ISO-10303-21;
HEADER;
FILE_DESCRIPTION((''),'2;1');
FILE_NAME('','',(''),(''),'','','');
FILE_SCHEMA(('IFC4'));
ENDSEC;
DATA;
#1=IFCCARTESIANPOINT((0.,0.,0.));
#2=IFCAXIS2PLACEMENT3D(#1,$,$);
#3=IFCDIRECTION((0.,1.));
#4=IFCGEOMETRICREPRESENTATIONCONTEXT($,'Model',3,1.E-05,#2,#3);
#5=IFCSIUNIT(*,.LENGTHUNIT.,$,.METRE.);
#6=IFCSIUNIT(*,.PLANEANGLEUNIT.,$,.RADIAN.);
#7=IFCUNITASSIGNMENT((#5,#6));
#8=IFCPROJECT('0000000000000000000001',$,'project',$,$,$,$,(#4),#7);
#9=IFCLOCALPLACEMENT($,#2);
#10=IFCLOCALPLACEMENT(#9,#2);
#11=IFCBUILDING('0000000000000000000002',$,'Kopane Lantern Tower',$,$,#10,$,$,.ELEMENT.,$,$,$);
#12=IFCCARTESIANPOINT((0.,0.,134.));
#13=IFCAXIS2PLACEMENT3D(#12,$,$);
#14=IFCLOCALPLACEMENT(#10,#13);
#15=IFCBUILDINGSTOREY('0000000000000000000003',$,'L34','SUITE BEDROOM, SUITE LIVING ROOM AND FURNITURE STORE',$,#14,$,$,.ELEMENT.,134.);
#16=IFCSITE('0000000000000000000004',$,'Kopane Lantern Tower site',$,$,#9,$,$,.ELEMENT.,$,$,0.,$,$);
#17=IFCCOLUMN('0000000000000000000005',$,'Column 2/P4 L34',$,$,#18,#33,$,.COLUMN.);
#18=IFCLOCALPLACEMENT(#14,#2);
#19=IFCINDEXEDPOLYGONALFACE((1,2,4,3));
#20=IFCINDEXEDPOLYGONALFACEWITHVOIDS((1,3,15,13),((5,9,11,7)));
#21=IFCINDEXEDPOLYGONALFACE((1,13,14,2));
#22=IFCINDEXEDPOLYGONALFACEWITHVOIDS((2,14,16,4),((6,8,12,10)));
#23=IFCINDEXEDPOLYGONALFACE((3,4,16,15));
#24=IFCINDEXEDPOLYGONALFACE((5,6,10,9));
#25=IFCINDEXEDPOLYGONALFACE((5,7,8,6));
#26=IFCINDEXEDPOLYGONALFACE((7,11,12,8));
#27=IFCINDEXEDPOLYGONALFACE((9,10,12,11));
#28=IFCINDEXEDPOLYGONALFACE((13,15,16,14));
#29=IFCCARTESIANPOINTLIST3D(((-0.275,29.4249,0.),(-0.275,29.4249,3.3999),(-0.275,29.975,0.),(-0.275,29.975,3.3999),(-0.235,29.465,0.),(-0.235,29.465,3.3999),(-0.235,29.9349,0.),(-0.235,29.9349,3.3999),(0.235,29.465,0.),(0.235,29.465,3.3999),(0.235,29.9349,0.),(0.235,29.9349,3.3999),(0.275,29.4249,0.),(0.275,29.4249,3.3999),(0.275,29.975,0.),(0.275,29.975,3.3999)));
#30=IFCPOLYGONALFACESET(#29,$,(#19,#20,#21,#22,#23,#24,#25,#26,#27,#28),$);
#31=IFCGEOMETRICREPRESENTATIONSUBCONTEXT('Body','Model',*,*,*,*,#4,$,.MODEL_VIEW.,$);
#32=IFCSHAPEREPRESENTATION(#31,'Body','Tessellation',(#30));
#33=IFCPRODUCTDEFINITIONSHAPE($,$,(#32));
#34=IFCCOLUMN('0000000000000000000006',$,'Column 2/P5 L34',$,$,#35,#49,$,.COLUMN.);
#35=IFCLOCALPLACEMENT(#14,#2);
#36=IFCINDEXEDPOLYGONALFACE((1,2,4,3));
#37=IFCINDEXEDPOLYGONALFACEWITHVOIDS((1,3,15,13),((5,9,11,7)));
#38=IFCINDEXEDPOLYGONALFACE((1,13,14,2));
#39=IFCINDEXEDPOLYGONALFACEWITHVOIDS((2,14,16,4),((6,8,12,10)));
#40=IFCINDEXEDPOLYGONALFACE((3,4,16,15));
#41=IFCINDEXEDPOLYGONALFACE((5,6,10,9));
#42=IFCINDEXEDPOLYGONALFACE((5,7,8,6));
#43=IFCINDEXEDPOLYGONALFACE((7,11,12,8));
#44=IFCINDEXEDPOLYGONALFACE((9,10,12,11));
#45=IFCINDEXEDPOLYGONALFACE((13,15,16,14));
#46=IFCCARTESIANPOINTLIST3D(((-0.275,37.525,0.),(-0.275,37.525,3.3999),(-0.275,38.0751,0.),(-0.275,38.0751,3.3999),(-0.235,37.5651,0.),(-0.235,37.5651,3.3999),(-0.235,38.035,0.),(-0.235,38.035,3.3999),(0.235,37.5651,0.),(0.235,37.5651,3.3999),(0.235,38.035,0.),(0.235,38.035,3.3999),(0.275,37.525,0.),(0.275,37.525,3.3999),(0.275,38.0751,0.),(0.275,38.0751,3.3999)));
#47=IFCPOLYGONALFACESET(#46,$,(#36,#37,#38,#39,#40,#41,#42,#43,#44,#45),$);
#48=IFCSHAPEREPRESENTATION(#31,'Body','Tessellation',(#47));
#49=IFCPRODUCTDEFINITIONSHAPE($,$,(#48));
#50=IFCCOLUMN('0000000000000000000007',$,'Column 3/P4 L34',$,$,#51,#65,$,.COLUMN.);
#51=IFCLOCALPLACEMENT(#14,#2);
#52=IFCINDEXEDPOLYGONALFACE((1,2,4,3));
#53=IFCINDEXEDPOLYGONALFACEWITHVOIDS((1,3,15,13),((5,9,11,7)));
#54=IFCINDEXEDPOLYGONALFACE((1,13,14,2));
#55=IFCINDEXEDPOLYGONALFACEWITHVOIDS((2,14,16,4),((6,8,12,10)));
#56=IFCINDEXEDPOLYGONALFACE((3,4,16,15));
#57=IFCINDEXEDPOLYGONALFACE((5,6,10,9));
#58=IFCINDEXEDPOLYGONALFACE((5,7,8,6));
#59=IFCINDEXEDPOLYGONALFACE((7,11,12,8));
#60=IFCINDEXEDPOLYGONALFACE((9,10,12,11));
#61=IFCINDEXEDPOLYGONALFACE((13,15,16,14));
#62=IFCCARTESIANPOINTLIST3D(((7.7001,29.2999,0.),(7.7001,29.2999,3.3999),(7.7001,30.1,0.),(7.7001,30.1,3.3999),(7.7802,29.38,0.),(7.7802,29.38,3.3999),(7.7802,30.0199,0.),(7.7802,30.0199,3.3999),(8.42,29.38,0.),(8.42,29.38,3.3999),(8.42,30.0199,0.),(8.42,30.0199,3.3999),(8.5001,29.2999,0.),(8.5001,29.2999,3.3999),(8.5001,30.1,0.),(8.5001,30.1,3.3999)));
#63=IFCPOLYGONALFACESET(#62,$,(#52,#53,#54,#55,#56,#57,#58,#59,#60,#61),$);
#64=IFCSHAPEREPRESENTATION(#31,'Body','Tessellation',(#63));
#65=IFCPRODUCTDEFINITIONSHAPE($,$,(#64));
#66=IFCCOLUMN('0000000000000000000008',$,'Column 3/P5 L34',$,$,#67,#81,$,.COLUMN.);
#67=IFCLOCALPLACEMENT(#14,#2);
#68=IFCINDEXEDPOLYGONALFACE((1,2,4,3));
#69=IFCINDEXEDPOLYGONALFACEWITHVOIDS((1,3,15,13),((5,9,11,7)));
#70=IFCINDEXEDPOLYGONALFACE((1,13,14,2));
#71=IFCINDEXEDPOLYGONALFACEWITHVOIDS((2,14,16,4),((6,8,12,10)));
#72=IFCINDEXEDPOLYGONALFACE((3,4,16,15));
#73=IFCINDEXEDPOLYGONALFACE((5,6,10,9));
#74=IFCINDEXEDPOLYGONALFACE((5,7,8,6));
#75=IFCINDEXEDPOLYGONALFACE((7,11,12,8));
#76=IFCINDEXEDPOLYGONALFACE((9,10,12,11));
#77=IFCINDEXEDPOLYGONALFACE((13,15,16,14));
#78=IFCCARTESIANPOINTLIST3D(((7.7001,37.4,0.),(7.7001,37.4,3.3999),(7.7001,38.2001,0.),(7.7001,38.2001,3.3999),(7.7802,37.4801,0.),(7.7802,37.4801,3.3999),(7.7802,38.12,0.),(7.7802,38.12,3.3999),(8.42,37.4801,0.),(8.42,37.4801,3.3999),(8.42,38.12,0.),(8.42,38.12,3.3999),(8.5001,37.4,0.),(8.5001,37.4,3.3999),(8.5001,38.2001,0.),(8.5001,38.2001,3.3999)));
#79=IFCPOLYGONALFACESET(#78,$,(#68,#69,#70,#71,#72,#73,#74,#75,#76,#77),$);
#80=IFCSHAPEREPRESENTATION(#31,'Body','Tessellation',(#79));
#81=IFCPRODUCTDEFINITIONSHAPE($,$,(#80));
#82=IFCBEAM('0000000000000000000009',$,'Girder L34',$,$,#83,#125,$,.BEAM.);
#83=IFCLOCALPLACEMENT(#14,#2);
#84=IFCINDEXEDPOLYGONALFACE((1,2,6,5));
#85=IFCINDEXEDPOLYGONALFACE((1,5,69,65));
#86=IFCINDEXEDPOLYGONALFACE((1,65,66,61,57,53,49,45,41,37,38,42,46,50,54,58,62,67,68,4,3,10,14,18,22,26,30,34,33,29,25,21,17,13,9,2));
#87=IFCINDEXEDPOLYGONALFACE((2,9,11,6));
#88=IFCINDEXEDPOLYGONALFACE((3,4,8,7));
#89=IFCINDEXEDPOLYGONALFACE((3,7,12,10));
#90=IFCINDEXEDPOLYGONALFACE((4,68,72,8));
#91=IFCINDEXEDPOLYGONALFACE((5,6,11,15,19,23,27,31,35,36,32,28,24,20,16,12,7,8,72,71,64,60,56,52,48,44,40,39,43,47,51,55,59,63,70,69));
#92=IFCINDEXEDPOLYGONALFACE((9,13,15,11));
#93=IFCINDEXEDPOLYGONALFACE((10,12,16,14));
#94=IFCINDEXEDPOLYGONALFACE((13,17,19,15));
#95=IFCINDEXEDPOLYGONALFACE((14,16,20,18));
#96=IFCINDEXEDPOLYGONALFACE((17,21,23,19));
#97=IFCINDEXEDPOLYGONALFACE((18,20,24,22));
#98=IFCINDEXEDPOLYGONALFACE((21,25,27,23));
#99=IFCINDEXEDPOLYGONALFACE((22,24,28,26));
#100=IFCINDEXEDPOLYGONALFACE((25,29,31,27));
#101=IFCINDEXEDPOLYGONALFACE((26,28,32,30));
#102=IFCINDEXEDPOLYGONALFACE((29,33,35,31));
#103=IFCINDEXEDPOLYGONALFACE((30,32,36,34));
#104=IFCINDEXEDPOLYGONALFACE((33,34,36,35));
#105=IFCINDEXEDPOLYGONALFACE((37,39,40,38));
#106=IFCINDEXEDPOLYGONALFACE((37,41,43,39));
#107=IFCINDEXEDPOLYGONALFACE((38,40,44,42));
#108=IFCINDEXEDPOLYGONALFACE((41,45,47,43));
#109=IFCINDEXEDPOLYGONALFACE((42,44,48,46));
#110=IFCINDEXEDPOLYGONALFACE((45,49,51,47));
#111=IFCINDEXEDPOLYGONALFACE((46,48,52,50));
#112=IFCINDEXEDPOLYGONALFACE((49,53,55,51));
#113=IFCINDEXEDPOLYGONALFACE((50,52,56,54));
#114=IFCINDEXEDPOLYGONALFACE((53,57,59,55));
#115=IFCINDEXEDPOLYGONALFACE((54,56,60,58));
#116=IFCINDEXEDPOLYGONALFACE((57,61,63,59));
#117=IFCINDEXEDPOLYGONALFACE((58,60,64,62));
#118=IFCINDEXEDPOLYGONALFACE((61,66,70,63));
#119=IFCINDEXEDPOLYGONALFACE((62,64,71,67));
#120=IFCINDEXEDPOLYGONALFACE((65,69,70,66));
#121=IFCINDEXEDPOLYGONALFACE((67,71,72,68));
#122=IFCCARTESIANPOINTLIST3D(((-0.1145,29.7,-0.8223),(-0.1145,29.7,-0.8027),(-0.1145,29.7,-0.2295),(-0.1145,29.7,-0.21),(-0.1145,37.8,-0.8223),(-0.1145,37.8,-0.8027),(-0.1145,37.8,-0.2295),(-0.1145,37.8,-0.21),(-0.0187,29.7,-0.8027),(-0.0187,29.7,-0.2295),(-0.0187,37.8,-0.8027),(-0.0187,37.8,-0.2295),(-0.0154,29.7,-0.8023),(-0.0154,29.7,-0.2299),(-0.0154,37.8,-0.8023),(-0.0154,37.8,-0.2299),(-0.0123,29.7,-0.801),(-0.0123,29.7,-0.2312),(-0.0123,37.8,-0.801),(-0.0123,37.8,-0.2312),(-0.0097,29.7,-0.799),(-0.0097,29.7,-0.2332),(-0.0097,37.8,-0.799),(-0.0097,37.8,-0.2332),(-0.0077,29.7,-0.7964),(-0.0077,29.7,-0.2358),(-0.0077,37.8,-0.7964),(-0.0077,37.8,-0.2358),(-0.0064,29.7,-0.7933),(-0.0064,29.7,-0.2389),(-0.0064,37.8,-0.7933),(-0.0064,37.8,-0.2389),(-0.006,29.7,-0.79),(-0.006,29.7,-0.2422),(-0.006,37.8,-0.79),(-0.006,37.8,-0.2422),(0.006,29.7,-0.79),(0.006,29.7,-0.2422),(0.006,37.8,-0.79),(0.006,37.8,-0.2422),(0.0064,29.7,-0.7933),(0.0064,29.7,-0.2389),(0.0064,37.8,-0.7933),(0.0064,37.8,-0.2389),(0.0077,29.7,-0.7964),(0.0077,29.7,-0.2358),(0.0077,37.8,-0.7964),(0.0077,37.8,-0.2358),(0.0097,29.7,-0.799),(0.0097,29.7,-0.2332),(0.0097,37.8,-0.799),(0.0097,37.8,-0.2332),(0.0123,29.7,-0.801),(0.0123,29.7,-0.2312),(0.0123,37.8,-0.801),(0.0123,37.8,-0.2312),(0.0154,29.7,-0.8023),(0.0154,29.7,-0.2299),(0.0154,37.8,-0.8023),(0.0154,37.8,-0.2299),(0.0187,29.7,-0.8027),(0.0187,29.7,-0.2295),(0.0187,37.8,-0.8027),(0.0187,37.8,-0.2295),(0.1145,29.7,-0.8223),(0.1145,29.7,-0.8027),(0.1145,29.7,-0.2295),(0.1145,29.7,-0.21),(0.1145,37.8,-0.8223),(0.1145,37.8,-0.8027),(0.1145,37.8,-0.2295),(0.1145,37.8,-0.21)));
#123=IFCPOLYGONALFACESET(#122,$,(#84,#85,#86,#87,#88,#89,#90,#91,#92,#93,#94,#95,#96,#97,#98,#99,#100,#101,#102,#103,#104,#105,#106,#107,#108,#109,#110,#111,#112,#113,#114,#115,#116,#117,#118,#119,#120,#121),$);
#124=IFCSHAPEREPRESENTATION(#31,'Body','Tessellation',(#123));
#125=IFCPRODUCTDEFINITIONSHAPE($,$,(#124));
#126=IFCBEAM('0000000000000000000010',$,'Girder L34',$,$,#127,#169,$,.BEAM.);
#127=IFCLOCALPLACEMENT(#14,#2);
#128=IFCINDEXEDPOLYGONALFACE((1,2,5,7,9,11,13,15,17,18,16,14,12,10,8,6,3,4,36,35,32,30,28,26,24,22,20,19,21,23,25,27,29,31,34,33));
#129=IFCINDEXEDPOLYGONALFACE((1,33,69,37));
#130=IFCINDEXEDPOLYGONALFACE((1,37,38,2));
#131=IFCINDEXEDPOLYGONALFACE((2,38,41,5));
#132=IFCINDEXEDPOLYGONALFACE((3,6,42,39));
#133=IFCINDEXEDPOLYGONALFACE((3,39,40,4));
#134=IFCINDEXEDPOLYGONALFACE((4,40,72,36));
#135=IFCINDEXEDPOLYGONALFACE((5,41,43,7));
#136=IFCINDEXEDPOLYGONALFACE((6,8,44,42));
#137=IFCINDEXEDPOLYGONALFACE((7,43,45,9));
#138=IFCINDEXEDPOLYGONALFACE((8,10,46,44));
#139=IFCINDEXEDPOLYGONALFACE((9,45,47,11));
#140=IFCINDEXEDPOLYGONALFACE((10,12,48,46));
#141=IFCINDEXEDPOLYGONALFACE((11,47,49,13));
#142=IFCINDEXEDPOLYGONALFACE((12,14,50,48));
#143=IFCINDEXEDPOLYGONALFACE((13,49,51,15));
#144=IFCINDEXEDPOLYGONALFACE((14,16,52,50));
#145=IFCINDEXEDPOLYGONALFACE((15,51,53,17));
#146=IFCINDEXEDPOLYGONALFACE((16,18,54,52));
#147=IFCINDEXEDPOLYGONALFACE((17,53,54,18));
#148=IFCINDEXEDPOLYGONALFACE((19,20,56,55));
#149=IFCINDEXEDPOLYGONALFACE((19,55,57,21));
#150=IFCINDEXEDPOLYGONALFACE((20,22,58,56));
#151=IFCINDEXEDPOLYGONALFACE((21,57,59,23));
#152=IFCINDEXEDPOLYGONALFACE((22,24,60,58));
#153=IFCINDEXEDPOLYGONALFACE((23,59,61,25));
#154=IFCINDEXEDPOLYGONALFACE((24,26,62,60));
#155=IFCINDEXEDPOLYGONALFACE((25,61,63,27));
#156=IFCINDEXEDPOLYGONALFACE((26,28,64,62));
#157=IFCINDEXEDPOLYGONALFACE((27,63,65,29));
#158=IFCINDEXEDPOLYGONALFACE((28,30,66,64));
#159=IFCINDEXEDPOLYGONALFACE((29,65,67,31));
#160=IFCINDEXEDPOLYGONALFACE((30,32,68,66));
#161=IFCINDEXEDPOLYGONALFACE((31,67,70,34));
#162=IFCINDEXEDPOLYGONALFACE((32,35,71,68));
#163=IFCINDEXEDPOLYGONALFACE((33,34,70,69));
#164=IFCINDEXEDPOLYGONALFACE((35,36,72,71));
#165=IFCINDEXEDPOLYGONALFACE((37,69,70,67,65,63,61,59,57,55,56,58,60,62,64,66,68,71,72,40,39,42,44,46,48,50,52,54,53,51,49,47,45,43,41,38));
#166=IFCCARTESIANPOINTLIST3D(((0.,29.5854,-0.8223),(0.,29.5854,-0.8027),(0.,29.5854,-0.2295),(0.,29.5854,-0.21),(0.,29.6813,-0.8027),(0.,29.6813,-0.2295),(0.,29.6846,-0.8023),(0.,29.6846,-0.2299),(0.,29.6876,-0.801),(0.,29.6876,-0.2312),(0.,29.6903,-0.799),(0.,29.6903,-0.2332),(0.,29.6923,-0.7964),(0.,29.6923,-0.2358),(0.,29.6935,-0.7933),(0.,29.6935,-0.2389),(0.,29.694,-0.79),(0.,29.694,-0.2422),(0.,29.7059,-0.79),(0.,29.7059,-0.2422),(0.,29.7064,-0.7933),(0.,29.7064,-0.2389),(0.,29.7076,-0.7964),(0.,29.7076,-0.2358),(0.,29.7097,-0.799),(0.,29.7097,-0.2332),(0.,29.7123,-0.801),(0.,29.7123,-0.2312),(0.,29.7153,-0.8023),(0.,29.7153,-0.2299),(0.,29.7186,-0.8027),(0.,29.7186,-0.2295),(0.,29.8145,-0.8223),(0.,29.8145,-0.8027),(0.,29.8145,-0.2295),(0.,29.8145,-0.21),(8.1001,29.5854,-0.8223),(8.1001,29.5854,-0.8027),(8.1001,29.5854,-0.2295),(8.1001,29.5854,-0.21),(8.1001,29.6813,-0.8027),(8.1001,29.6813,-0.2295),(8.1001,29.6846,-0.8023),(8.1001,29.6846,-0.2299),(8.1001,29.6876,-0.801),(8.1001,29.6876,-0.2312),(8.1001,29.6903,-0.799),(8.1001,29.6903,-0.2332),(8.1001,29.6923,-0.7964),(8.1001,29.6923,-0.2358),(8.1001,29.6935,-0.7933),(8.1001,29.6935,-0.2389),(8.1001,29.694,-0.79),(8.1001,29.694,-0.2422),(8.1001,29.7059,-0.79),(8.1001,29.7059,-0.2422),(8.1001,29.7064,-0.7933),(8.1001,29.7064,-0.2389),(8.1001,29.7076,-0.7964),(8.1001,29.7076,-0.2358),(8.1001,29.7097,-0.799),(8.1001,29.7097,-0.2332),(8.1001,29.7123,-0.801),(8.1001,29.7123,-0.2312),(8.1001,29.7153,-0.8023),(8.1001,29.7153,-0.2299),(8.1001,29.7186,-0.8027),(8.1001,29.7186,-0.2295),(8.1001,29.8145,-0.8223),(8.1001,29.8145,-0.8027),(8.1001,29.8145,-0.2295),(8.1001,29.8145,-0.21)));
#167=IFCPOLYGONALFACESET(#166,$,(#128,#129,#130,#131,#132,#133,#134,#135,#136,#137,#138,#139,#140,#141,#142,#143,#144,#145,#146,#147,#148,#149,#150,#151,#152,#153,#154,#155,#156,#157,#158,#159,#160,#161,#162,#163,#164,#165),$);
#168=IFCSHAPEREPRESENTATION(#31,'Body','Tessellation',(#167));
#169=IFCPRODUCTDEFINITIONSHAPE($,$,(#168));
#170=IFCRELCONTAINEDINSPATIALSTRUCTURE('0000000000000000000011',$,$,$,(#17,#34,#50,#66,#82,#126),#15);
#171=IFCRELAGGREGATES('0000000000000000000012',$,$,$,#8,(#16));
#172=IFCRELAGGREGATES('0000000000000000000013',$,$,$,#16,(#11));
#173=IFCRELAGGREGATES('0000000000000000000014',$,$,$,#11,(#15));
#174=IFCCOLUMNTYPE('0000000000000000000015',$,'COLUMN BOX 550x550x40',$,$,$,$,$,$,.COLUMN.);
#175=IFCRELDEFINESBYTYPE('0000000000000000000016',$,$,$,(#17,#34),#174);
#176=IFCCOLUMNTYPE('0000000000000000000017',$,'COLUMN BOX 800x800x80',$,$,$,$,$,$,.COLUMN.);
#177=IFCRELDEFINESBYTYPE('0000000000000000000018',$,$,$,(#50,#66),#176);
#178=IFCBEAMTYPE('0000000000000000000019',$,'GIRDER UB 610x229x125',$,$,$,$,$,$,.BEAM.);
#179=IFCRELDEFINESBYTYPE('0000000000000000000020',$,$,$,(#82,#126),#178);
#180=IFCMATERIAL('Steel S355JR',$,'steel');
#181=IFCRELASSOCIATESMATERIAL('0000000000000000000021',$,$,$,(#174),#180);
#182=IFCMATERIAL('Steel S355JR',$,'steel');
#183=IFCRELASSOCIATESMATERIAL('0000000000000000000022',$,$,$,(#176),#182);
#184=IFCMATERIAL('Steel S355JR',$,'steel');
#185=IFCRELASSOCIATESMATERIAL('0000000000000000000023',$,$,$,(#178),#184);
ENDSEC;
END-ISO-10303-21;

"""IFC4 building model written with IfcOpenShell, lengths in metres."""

from ifc_helpers import new_model, si_unit, direction, frame, origin, origin_2d, place, context, subcontext, project, spatial, hollow_rectangle, i_section, extrude, material, material_profile, profile_set, type_object, element, save


model = new_model("IFC4")

# Units and contexts
model_context = context("Model", 3, precision=1e-05, world=origin(), true_north=direction((0.0, 1.0)))
body_context = subcontext(model_context, "Body", "Model", "MODEL_VIEW")
ifc_project = project(units=[si_unit("LENGTHUNIT", "METRE"), si_unit("PLANEANGLEUNIT", "RADIAN")], contexts=[model_context])

# Site, building, storey
site_placement = place(None, origin())
site = spatial("IfcSite", under=ifc_project, at=site_placement, Name="Kopane Lantern Tower site", CompositionType="ELEMENT", RefElevation=0.0)
building_placement = place(site_placement, origin())
building = spatial("IfcBuilding", under=site, at=building_placement, Name="Kopane Lantern Tower", CompositionType="ELEMENT")
storey_placement = place(building_placement, frame((0.0, 0.0, 134.0)))
storey = spatial("IfcBuildingStorey", under=building, at=storey_placement, Name="L34", Description="SUITE BEDROOM, SUITE LIVING ROOM AND FURNITURE STORE", CompositionType="ELEMENT", Elevation=134.0)

# Columns
ifc_material_1 = material(Name="Steel S355JR", Category="steel")
ifc_material_profile_1 = material_profile(ifc_material_1, hollow_rectangle(XDim=0.55, YDim=0.55, WallThickness=0.04, at=origin_2d()), Name="BOX 550x550x40")
ifc_profile_set_1 = profile_set([ifc_material_profile_1], Name="Steel S355JR")
column_type_1 = type_object("IfcColumnType", Name="COLUMN BOX 550x550x40", PredefinedType="COLUMN", material=ifc_profile_set_1)
for number, where, z_axis, x_axis, name in (
    (1, (0.0, 29.7, 0.0), (0.0, 0.0, 1.0), (1.0, 0.0, 0.0), "Column 2/P4 L34"),
    (2, (0.0, 37.8, 0.0), (0.0, 0.0, 1.0), (1.0, 0.0, 0.0), "Column 2/P5 L34"),
):
    element("IfcColumn", number, at=place(storey_placement, frame(where, z_axis=z_axis, x_axis=x_axis)), inside=storey, type_object=column_type_1, Name=name, PredefinedType="COLUMN", context=body_context, shape_type="SweptSolid", body=[
        extrude(hollow_rectangle(XDim=0.55, YDim=0.55, WallThickness=0.04, at=origin_2d()), origin(), (0.0, 0.0, 1.0), 3.3999),
    ])
ifc_material_2 = material(Name="Steel S355JR", Category="steel")
ifc_material_profile_2 = material_profile(ifc_material_2, hollow_rectangle(XDim=0.8, YDim=0.8, WallThickness=0.0801, at=origin_2d()), Name="BOX 800x800x80")
ifc_profile_set_2 = profile_set([ifc_material_profile_2], Name="Steel S355JR")
column_type_2 = type_object("IfcColumnType", Name="COLUMN BOX 800x800x80", PredefinedType="COLUMN", material=ifc_profile_set_2)
for number, where, z_axis, x_axis, name in (
    (3, (8.1001, 29.7, 0.0), (0.0, 0.0, 1.0), (1.0, 0.0, 0.0), "Column 3/P4 L34"),
    (4, (8.1001, 37.8, 0.0), (0.0, 0.0, 1.0), (1.0, 0.0, 0.0), "Column 3/P5 L34"),
):
    element("IfcColumn", number, at=place(storey_placement, frame(where, z_axis=z_axis, x_axis=x_axis)), inside=storey, type_object=column_type_2, Name=name, PredefinedType="COLUMN", context=body_context, shape_type="SweptSolid", body=[
        extrude(hollow_rectangle(XDim=0.8, YDim=0.8, WallThickness=0.0801, at=origin_2d()), origin(), (0.0, 0.0, 1.0), 3.3999),
    ])

# Beams
ifc_material_3 = material(Name="Steel S355JR", Category="steel")
ifc_material_profile_3 = material_profile(ifc_material_3, i_section(OverallWidth=0.229, OverallDepth=0.6123, WebThickness=0.012, FlangeThickness=0.0195, FilletRadius=0.0127, at=origin_2d()), Name="UB 610x229x125")
ifc_profile_set_3 = profile_set([ifc_material_profile_3], Name="Steel S355JR")
beam_type = type_object("IfcBeamType", Name="GIRDER UB 610x229x125", PredefinedType="BEAM", material=ifc_profile_set_3)
for number, where, z_axis, x_axis, name in (
    (5, (0.0, 29.7, -0.5161), (0.0, 1.0, 0.0), (-1.0, 0.0, 0.0), "Girder L34"),
    (6, (0.0, 29.7, -0.5161), (1.0, 0.0, 0.0), (0.0, 1.0, 0.0), "Girder L34"),
):
    element("IfcBeam", number, at=place(storey_placement, frame(where, z_axis=z_axis, x_axis=x_axis)), inside=storey, type_object=beam_type, Name=name, PredefinedType="BEAM", context=body_context, shape_type="SweptSolid", body=[
        extrude(i_section(OverallWidth=0.229, OverallDepth=0.6123, WebThickness=0.012, FlangeThickness=0.0195, FilletRadius=0.0127, at=origin_2d()), origin(), (0.0, 0.0, 1.0), 8.1001),
    ])

save(model, "model.ifc")
